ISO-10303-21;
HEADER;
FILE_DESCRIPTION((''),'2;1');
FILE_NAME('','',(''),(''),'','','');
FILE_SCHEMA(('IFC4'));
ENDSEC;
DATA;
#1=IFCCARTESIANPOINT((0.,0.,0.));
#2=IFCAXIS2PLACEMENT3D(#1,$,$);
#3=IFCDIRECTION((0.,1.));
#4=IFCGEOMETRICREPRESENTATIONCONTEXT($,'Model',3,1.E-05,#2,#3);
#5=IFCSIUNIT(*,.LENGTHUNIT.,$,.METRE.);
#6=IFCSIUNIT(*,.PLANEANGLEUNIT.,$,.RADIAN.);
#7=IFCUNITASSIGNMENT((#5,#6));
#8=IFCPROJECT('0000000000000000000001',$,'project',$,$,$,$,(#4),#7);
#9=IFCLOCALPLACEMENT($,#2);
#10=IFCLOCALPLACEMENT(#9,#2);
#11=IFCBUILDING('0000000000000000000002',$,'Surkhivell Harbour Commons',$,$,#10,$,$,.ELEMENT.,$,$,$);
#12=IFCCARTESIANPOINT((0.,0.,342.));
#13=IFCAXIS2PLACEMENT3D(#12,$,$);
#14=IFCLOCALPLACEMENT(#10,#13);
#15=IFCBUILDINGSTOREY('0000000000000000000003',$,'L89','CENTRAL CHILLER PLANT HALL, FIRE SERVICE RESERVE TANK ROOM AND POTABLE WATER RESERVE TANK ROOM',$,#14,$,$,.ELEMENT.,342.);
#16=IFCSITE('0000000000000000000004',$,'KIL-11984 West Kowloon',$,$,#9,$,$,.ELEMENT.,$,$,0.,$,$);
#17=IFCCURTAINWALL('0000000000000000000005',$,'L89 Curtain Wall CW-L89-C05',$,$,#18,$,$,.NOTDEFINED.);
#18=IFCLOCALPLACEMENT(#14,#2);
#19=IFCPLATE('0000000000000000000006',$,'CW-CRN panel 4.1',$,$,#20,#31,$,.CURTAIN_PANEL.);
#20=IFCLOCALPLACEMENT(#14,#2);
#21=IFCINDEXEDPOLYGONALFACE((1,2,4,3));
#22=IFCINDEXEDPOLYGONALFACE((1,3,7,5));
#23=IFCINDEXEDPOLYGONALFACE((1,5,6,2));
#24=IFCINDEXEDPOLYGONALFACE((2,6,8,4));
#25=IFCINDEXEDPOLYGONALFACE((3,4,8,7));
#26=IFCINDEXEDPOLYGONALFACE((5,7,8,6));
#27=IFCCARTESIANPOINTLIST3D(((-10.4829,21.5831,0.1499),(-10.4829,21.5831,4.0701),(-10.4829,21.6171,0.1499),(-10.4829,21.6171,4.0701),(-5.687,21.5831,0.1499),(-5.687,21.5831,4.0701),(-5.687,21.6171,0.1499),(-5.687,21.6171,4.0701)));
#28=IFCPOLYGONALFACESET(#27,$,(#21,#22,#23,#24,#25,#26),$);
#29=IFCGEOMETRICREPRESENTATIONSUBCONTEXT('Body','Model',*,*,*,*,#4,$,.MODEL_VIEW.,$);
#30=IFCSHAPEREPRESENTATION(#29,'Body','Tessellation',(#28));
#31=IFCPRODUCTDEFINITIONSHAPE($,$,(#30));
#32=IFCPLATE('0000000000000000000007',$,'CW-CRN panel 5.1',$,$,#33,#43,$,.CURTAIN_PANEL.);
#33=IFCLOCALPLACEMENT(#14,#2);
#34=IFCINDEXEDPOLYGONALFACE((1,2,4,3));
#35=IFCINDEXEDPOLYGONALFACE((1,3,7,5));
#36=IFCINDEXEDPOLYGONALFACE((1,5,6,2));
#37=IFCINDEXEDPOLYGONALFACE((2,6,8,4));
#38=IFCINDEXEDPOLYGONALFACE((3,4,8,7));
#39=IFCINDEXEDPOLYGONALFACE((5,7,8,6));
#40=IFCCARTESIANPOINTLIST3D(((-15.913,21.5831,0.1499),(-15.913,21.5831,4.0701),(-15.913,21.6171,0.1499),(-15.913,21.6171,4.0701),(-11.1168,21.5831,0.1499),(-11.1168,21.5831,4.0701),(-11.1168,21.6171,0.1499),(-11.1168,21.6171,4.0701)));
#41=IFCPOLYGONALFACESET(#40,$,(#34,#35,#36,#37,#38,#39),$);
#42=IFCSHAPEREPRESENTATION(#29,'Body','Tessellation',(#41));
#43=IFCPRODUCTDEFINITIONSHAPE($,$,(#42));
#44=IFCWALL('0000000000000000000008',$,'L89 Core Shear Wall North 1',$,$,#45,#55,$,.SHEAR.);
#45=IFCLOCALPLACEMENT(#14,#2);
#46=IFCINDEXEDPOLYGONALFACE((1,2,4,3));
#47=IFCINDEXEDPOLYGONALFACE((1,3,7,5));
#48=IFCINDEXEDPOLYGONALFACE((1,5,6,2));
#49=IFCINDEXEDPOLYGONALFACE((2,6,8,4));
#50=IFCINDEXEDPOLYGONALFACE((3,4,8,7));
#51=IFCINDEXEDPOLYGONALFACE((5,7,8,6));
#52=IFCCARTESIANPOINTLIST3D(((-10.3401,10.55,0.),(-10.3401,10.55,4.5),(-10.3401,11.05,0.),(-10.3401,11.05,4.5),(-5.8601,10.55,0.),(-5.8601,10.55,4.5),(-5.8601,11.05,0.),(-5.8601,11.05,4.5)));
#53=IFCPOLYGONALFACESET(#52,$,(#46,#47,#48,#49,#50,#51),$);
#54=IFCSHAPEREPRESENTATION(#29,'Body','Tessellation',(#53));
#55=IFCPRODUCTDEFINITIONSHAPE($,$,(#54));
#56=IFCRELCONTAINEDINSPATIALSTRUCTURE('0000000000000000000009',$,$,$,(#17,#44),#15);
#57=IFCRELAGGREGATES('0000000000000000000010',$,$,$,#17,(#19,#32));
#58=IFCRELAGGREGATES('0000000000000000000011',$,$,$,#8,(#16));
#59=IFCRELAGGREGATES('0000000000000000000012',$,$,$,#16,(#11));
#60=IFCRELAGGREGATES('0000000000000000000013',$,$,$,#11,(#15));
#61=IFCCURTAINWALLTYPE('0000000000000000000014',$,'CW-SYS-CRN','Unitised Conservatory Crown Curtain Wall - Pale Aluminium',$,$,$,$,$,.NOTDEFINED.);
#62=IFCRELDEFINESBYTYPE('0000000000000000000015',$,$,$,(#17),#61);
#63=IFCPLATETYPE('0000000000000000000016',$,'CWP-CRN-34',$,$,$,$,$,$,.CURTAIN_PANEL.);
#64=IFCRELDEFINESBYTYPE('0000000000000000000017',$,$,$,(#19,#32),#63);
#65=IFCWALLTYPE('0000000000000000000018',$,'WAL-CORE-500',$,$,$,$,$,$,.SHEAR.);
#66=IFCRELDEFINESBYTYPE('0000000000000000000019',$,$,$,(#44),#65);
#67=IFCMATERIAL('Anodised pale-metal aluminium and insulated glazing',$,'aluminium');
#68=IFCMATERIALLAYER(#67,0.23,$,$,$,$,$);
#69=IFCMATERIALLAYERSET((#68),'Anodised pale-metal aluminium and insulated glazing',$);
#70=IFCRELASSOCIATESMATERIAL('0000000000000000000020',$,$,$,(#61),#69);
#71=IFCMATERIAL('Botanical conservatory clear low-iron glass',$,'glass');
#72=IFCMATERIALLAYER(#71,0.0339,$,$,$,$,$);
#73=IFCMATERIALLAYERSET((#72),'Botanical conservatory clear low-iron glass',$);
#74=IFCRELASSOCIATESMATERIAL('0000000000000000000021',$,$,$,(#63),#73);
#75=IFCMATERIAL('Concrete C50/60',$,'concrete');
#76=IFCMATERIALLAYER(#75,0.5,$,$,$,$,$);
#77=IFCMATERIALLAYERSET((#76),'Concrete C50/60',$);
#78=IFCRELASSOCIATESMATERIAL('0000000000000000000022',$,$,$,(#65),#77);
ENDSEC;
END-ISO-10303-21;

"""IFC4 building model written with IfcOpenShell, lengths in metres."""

from ifc_helpers import new_model, si_unit, direction, frame, frame_2d, origin, place, context, subcontext, project, spatial, rectangle, extrude, material, layer, layer_set, type_object, element, aggregate, save


model = new_model("IFC4")

# Units and contexts
model_context = context("Model", 3, precision=1e-05, world=origin(), true_north=direction((0.0, 1.0)))
body_context = subcontext(model_context, "Body", "Model", "MODEL_VIEW")
ifc_project = project(units=[si_unit("LENGTHUNIT", "METRE"), si_unit("PLANEANGLEUNIT", "RADIAN")], contexts=[model_context])

# Site, building, storey
site_placement = place(None, origin())
site = spatial("IfcSite", under=ifc_project, at=site_placement, Name="KIL-11984 West Kowloon", CompositionType="ELEMENT", RefElevation=0.0)
building_placement = place(site_placement, origin())
building = spatial("IfcBuilding", under=site, at=building_placement, Name="Surkhivell Harbour Commons", CompositionType="ELEMENT")
storey_placement = place(building_placement, frame((0.0, 0.0, 342.0)))
storey = spatial("IfcBuildingStorey", under=building, at=storey_placement, Name="L89", Description="CENTRAL CHILLER PLANT HALL, FIRE SERVICE RESERVE TANK ROOM AND POTABLE WATER RESERVE TANK ROOM", CompositionType="ELEMENT", Elevation=342.0)

# Curtain wall, plates
ifc_material_1 = material(Name="Anodised pale-metal aluminium and insulated glazing", Category="aluminium")
ifc_layer_1 = layer(ifc_material_1, 0.23)
ifc_layer_set_1 = layer_set([ifc_layer_1], Name="Anodised pale-metal aluminium and insulated glazing")
curtain_wall_type = type_object("IfcCurtainWallType", Name="CW-SYS-CRN", Description="Unitised Conservatory Crown Curtain Wall - Pale Aluminium", PredefinedType="NOTDEFINED", material=ifc_layer_set_1)
curtain_wall_placement = place(storey_placement, origin())
curtain_wall = element("IfcCurtainWall", 1, at=curtain_wall_placement, inside=storey, type_object=curtain_wall_type, Name="L89 Curtain Wall CW-L89-C05", PredefinedType="NOTDEFINED")
ifc_material_2 = material(Name="Botanical conservatory clear low-iron glass", Category="glass")
ifc_layer_2 = layer(ifc_material_2, 0.0339)
ifc_layer_set_2 = layer_set([ifc_layer_2], Name="Botanical conservatory clear low-iron glass")
plate_type = type_object("IfcPlateType", Name="CWP-CRN-34", PredefinedType="CURTAIN_PANEL", material=ifc_layer_set_2)
plate_1_placement = place(storey_placement, frame((-5.687, 21.6001, 0.1499), z_axis=(0.0, 0.0, 1.0), x_axis=(-1.0, 0.0, 0.0)))
plate_1 = element("IfcPlate", 2, at=plate_1_placement, type_object=plate_type, Name="CW-CRN panel 4.1", PredefinedType="CURTAIN_PANEL", context=body_context, shape_type="SweptSolid", body=[
    extrude(rectangle(XDim=4.7959, YDim=0.0339, at=frame_2d((2.3979, 0.0))), origin(), (0.0, 0.0, 1.0), 3.9202),
])
plate_2_placement = place(storey_placement, frame((-11.1169, 21.6001, 0.1499), z_axis=(0.0, 0.0, 1.0), x_axis=(-1.0, 0.0, 0.0)))
plate_2 = element("IfcPlate", 3, at=plate_2_placement, type_object=plate_type, Name="CW-CRN panel 5.1", PredefinedType="CURTAIN_PANEL", context=body_context, shape_type="SweptSolid", body=[
    extrude(rectangle(XDim=4.7961, YDim=0.0339, at=frame_2d((2.3979, 0.0))), origin(), (0.0, 0.0, 1.0), 3.9202),
])
aggregate(curtain_wall, [plate_1, plate_2])

# Wall
ifc_material_3 = material(Name="Concrete C50/60", Category="concrete")
ifc_layer_3 = layer(ifc_material_3, 0.5)
ifc_layer_set_3 = layer_set([ifc_layer_3], Name="Concrete C50/60")
wall_type = type_object("IfcWallType", Name="WAL-CORE-500", PredefinedType="SHEAR", material=ifc_layer_set_3)
wall_placement = place(storey_placement, frame((-10.3401, 10.8, 0.0), z_axis=(0.0, 0.0, 1.0), x_axis=(1.0, 0.0, 0.0)))
element("IfcWall", 4, at=wall_placement, inside=storey, type_object=wall_type, Name="L89 Core Shear Wall North 1", PredefinedType="SHEAR", context=body_context, shape_type="SweptSolid", body=[
    extrude(rectangle(XDim=4.48, YDim=0.5, at=frame_2d((2.24, 0.0))), origin(), (0.0, 0.0, 1.0), 4.5),
])

save(model, "model.ifc")
